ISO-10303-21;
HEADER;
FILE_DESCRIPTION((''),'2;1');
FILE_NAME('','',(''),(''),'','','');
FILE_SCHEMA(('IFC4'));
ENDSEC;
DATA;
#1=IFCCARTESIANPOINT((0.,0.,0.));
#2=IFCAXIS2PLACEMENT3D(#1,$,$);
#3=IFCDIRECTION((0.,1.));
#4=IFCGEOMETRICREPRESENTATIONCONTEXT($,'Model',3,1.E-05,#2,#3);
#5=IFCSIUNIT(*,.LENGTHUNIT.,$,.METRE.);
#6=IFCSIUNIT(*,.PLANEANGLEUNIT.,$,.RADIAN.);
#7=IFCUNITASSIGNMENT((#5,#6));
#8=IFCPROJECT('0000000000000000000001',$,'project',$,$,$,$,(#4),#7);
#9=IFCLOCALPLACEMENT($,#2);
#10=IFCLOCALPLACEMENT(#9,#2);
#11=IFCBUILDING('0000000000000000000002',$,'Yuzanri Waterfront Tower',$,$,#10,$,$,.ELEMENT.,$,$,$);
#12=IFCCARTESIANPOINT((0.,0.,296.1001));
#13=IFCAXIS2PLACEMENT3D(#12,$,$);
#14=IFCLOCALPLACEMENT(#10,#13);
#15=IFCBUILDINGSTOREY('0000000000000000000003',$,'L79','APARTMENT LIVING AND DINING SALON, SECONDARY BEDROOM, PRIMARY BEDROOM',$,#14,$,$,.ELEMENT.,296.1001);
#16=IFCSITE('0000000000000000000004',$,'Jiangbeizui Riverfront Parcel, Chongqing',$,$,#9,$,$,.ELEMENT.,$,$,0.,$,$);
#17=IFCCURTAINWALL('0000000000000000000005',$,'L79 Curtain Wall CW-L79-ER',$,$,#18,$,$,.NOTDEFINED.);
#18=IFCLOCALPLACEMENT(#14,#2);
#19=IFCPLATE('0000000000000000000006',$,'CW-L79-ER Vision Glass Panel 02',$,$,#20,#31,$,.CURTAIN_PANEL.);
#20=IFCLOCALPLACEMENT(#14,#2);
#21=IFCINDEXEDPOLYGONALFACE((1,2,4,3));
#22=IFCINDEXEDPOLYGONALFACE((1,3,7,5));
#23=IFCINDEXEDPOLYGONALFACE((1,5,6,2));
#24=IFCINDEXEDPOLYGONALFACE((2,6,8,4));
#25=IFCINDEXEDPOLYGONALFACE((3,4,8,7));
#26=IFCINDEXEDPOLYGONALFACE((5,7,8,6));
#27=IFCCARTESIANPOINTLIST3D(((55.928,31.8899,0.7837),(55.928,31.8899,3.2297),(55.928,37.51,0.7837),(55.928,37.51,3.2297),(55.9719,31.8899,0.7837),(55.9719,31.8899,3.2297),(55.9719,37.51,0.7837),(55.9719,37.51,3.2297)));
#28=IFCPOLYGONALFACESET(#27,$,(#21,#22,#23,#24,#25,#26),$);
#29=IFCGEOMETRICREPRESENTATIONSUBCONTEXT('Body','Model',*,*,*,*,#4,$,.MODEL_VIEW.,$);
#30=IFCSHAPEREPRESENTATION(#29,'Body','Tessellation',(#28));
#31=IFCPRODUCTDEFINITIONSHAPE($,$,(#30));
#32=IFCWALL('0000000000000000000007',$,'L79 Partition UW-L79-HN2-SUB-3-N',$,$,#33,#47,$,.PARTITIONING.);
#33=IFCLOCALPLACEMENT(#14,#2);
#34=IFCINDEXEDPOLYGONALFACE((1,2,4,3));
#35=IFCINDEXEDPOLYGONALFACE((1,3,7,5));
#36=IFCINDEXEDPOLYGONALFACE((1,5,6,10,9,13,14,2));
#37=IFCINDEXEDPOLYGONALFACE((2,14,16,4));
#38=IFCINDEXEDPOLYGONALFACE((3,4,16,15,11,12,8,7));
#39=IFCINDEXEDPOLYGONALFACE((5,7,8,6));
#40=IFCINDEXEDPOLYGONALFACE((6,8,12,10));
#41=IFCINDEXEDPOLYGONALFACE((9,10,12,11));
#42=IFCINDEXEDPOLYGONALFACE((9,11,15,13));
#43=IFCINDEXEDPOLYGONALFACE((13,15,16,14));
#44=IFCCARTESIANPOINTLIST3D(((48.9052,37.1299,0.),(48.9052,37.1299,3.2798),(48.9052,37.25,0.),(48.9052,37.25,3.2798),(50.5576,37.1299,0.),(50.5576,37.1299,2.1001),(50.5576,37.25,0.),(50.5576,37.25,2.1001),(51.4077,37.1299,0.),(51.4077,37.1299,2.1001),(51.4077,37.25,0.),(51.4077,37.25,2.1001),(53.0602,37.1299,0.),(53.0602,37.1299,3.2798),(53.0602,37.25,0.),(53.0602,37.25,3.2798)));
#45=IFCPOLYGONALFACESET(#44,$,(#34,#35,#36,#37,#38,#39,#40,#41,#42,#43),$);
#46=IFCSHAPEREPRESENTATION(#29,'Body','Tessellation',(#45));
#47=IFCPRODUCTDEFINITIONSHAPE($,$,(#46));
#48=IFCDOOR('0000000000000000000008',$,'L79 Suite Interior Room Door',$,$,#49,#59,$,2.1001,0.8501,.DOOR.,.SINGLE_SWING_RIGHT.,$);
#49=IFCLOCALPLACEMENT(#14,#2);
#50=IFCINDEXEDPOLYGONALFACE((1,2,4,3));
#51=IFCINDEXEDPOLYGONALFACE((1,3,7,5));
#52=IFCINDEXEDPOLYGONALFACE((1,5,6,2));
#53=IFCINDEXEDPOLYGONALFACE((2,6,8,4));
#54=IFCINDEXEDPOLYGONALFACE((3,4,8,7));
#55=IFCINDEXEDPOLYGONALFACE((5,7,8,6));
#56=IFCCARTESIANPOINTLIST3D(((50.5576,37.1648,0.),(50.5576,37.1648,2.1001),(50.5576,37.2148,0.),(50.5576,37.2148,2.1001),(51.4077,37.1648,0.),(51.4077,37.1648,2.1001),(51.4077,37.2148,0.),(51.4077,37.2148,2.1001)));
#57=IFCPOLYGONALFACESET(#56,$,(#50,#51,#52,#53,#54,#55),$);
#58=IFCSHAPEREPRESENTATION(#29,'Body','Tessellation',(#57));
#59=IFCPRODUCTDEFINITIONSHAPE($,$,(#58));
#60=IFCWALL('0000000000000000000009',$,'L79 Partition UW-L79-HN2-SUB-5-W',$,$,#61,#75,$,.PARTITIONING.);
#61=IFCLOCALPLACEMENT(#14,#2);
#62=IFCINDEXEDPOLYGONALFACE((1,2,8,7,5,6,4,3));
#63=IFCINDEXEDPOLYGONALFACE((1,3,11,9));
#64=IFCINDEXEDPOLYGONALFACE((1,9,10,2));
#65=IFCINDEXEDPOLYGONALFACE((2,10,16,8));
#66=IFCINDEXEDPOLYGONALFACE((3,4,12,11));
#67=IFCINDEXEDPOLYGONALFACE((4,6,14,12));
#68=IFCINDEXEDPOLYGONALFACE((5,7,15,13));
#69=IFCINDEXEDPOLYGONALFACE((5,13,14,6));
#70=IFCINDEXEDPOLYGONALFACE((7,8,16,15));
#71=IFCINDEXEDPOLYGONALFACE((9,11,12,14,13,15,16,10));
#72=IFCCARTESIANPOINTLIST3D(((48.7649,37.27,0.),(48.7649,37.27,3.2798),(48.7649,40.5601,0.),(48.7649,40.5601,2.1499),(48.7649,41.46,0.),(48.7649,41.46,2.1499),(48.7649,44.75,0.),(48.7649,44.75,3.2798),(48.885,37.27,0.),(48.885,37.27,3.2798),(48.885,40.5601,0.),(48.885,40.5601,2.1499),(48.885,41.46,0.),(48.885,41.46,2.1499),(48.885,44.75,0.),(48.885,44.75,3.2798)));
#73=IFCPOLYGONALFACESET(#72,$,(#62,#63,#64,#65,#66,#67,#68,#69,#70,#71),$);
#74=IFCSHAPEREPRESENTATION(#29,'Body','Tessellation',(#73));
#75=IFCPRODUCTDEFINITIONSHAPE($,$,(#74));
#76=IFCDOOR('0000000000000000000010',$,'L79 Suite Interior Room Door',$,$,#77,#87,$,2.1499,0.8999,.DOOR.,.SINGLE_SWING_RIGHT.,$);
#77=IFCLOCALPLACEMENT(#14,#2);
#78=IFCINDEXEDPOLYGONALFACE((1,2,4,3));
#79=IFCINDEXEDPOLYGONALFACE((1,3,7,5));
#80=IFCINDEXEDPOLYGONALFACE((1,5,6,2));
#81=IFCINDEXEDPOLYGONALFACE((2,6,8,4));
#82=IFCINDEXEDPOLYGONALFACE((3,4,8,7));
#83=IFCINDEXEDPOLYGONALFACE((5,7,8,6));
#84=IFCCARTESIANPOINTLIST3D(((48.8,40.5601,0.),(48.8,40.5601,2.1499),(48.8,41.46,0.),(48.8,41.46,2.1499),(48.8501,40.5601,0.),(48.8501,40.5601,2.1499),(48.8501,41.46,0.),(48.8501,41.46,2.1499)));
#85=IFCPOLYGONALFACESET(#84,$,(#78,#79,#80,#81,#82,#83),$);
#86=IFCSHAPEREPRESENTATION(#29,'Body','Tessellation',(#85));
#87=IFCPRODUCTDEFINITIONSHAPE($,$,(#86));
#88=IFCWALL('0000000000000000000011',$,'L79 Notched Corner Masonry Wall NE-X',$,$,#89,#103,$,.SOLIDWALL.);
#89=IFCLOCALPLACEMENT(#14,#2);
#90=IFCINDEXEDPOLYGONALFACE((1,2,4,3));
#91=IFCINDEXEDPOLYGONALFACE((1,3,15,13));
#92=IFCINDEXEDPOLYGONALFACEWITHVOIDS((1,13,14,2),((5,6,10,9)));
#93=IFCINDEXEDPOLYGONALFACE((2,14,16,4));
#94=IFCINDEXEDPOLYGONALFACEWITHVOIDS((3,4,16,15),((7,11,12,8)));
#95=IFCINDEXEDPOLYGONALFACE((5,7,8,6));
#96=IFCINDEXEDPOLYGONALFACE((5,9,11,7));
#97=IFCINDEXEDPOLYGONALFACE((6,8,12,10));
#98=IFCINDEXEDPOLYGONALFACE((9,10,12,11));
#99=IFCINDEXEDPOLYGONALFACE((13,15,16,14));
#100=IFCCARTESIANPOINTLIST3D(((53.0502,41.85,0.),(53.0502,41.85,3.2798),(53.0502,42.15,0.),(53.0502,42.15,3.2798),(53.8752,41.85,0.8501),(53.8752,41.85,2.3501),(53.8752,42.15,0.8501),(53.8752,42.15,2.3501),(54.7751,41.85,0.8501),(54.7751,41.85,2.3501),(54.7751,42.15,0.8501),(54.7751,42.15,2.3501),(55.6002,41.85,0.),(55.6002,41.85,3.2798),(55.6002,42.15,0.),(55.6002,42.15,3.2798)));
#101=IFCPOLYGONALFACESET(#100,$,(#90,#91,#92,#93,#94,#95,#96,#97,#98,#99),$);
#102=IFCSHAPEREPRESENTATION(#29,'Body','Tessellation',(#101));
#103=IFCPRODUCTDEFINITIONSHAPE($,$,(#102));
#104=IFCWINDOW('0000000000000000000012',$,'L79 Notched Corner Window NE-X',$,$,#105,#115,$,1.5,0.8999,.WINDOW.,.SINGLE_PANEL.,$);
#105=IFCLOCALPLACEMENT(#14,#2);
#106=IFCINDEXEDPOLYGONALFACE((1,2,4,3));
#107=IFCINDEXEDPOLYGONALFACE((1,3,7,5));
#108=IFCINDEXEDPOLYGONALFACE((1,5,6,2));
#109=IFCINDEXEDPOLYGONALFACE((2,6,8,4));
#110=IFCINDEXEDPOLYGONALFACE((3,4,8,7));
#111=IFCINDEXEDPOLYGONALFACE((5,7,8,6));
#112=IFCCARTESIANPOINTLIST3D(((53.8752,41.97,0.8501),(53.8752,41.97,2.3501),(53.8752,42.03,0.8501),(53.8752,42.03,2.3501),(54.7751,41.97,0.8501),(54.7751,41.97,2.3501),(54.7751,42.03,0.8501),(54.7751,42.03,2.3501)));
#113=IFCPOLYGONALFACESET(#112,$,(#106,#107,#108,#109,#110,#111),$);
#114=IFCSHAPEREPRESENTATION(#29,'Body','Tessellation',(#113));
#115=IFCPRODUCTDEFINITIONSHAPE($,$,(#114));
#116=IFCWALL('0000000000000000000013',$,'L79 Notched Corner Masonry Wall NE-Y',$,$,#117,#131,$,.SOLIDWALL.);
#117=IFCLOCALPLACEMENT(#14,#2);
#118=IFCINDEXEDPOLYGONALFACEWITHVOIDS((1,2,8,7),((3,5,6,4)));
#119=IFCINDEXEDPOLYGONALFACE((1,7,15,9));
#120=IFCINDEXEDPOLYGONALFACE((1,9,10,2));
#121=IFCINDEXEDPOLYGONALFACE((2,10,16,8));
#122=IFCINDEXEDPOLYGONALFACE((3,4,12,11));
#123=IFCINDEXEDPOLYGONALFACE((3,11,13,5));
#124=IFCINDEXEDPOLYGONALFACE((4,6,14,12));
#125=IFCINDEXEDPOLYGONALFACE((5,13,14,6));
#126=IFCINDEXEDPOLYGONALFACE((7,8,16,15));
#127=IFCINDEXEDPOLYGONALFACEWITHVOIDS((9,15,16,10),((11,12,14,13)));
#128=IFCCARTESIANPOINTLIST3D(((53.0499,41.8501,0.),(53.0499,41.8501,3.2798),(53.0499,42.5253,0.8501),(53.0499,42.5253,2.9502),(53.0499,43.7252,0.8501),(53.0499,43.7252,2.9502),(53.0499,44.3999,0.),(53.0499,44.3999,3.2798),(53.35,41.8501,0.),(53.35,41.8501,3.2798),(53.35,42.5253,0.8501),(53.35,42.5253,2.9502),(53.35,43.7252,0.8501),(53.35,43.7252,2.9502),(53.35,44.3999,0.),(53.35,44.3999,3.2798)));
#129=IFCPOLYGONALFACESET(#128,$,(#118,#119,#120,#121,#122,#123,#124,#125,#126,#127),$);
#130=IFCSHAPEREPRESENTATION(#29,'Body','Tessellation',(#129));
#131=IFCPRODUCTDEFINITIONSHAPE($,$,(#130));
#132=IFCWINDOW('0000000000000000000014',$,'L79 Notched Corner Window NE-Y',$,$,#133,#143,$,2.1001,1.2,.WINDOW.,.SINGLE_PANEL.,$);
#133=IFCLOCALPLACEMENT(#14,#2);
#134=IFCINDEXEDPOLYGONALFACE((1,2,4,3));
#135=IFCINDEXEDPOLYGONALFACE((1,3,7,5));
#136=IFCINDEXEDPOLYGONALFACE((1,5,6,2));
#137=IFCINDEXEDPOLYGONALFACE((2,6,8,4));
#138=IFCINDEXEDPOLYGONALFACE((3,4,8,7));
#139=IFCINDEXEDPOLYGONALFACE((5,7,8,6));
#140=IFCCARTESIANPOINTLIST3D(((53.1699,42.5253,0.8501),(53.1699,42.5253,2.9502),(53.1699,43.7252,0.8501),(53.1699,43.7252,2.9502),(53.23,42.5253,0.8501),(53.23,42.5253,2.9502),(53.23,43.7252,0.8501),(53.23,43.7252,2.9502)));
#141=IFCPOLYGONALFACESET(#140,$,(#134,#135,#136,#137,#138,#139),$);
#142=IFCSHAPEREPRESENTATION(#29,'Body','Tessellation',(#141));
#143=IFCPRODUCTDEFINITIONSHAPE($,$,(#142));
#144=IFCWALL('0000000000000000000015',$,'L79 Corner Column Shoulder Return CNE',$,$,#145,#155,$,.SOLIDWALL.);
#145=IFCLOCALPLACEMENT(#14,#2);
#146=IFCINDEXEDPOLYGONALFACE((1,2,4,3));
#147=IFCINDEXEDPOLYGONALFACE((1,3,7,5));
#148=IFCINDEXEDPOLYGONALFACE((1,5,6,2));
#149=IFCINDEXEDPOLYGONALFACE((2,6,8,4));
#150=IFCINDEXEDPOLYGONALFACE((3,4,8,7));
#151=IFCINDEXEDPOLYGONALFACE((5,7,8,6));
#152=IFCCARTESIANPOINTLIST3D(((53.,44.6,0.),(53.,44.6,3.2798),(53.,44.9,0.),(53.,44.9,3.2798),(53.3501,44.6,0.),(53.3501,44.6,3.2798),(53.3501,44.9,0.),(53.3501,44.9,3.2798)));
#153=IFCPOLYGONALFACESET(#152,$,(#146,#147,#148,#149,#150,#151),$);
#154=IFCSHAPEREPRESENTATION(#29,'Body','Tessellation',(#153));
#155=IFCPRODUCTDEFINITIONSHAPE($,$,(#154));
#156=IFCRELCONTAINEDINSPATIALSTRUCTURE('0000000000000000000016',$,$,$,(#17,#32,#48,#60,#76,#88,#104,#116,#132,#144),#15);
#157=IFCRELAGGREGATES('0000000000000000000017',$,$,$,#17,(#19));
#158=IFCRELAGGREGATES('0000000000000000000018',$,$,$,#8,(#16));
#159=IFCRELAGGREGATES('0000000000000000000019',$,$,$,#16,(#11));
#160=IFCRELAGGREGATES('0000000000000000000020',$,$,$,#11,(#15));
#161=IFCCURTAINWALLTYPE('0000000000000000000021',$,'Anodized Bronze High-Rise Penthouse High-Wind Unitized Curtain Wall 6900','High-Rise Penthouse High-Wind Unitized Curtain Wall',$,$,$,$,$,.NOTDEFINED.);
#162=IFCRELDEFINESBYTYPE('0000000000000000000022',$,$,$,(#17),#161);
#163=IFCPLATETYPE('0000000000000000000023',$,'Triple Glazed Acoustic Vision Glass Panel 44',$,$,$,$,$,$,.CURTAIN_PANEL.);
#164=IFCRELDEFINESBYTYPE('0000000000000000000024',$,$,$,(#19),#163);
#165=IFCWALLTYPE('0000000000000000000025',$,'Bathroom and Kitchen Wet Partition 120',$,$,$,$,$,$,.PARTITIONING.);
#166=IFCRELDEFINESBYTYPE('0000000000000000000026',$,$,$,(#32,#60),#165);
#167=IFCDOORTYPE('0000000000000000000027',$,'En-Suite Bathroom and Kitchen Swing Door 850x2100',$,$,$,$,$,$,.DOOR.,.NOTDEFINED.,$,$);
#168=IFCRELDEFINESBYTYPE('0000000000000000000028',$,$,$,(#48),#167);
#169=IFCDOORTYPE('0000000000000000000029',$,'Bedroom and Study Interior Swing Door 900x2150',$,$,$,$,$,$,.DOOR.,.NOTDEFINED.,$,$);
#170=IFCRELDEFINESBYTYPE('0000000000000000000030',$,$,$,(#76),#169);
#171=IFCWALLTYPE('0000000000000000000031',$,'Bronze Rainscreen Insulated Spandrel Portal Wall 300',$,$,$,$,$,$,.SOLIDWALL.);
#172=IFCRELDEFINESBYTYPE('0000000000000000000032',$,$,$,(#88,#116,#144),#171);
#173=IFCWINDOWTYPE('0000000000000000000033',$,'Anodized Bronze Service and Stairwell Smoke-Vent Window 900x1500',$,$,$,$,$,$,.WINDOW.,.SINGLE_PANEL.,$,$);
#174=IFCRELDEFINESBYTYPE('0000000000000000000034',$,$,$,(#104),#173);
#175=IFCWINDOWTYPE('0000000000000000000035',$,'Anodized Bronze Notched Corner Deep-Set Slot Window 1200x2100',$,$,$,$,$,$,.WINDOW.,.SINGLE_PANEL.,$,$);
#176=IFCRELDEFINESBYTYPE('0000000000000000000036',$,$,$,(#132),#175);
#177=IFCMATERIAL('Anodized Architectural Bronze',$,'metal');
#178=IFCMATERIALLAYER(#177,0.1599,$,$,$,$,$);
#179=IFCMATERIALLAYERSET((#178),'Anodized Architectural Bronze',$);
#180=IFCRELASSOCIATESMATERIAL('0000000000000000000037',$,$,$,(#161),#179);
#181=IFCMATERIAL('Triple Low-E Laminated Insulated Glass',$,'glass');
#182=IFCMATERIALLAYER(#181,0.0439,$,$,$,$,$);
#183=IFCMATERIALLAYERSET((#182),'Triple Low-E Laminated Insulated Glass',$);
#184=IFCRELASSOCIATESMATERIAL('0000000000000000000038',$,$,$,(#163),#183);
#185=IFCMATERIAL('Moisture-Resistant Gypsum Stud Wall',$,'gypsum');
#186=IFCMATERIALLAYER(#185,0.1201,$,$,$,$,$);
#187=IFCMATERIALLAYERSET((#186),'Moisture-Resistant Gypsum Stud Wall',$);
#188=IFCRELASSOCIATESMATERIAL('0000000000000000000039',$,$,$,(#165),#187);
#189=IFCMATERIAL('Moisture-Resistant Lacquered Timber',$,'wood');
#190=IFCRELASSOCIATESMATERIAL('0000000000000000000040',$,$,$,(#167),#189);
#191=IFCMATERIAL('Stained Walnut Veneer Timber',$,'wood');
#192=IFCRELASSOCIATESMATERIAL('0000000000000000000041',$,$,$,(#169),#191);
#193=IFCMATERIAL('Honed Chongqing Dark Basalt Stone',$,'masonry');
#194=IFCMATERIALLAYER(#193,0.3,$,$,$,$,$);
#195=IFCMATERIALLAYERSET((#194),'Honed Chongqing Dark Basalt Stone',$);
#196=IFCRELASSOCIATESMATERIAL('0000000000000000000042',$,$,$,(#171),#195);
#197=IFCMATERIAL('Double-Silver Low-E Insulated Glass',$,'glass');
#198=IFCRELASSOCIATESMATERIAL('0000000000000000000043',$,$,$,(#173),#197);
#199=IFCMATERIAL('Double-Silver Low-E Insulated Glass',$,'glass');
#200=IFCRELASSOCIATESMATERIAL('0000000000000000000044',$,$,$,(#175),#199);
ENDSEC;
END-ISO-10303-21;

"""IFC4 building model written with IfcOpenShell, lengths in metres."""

from ifc_helpers import new_model, si_unit, direction, frame, frame_2d, origin, origin_2d, place, context, subcontext, project, spatial, rectangle, extrude, source, transform, mapped, material, layer, layer_set, type_object, element, fill, aggregate, save


model = new_model("IFC4")

# Units and contexts
model_context = context("Model", 3, precision=1e-05, world=origin(), true_north=direction((0.0, 1.0)))
body_context = subcontext(model_context, "Body", "Model", "MODEL_VIEW")
ifc_project = project(units=[si_unit("LENGTHUNIT", "METRE"), si_unit("PLANEANGLEUNIT", "RADIAN")], contexts=[model_context])

# Site, building, storey
site_placement = place(None, origin())
site = spatial("IfcSite", under=ifc_project, at=site_placement, Name="Jiangbeizui Riverfront Parcel, Chongqing", CompositionType="ELEMENT", RefElevation=0.0)
building_placement = place(site_placement, origin())
building = spatial("IfcBuilding", under=site, at=building_placement, Name="Yuzanri Waterfront Tower", CompositionType="ELEMENT")
storey_placement = place(building_placement, frame((0.0, 0.0, 296.1001)))
storey = spatial("IfcBuildingStorey", under=building, at=storey_placement, Name="L79", Description="APARTMENT LIVING AND DINING SALON, SECONDARY BEDROOM, PRIMARY BEDROOM", CompositionType="ELEMENT", Elevation=296.1001)

# Curtain wall
ifc_material_1 = material(Name="Anodized Architectural Bronze", Category="metal")
ifc_layer_1 = layer(ifc_material_1, 0.1599)
ifc_layer_set_1 = layer_set([ifc_layer_1], Name="Anodized Architectural Bronze")
curtain_wall_type = type_object("IfcCurtainWallType", Name="Anodized Bronze High-Rise Penthouse High-Wind Unitized Curtain Wall 6900", Description="High-Rise Penthouse High-Wind Unitized Curtain Wall", PredefinedType="NOTDEFINED", material=ifc_layer_set_1)
curtain_wall_1_placement = place(storey_placement, origin())
curtain_wall_1 = element("IfcCurtainWall", 1, at=curtain_wall_1_placement, inside=storey, type_object=curtain_wall_type, Name="L79 Curtain Wall CW-L79-ER", PredefinedType="NOTDEFINED")

# Plate
ifc_material_2 = material(Name="Triple Low-E Laminated Insulated Glass", Category="glass")
ifc_layer_2 = layer(ifc_material_2, 0.0439)
ifc_layer_set_2 = layer_set([ifc_layer_2], Name="Triple Low-E Laminated Insulated Glass")
plate_type_1 = type_object("IfcPlateType", Name="Triple Glazed Acoustic Vision Glass Panel 44", PredefinedType="CURTAIN_PANEL", material=ifc_layer_set_2)
shared_shape_1 = source(origin(), body_context, "Body", "SweptSolid", [
    extrude(rectangle(XDim=5.6201, YDim=0.0439, at=origin_2d()), origin(), (0.0, 0.0, 1.0), 2.446),
])
plate_1_placement = place(storey_placement, frame((55.95, 34.7, 0.7837), z_axis=(0.0, 0.0, 1.0), x_axis=(0.0, 1.0, 0.0)))
plate_1 = element("IfcPlate", 2, at=plate_1_placement, type_object=plate_type_1, Name="CW-L79-ER Vision Glass Panel 02", PredefinedType="CURTAIN_PANEL", context=body_context, shape_type="MappedRepresentation", body=[
    mapped(shared_shape_1, transform((0.0, 0.0, 0.0), scale=1.0)),
])
aggregate(curtain_wall_1, [plate_1])

# Walls, openings, doors
ifc_material_3 = material(Name="Moisture-Resistant Gypsum Stud Wall", Category="gypsum")
ifc_layer_3 = layer(ifc_material_3, 0.1201)
ifc_layer_set_3 = layer_set([ifc_layer_3], Name="Moisture-Resistant Gypsum Stud Wall")
wall_type_1 = type_object("IfcWallType", Name="Bathroom and Kitchen Wet Partition 120", PredefinedType="PARTITIONING", material=ifc_layer_set_3)
wall_1_placement = place(storey_placement, frame((48.905, 37.1899, 0.0), z_axis=(0.0, 0.0, 1.0), x_axis=(1.0, 0.0, 0.0)))
wall_1 = element("IfcWall", 3, at=wall_1_placement, inside=storey, type_object=wall_type_1, Name="L79 Partition UW-L79-HN2-SUB-3-N", PredefinedType="PARTITIONING", context=body_context, shape_type="SweptSolid", body=[
    extrude(rectangle(XDim=4.155, YDim=0.1201, at=frame_2d((2.0776, 0.0))), origin(), (0.0, 0.0, 1.0), 3.2798),
])
opening_1_placement = place(wall_1_placement, frame((1.6526, 0.0, 0.0)))
opening_1 = element("IfcOpeningElement", 4, at=opening_1_placement, cuts=wall_1, PredefinedType="OPENING", context=body_context, shape_type="SweptSolid", body=[
    extrude(rectangle(XDim=0.8501, YDim=2.1001, at=frame_2d((0.425, 1.05))), frame((0.0, 0.075, 0.0), z_axis=(0.0, -1.0, 0.0), x_axis=(1.0, 0.0, 0.0)), (0.0, 0.0, 1.0), 0.1499),
])
ifc_material_4 = material(Name="Moisture-Resistant Lacquered Timber", Category="wood")
door_type_1 = type_object("IfcDoorType", Name="En-Suite Bathroom and Kitchen Swing Door 850x2100", OperationType="NOTDEFINED", PredefinedType="DOOR", material=ifc_material_4)
shared_shape_2 = source(origin(), body_context, "Body", "SweptSolid", [
    extrude(rectangle(XDim=0.8501, YDim=2.1001, at=frame_2d((0.425, 1.05))), frame((0.0, 0.0249, 0.0), z_axis=(0.0, -1.0, 0.0), x_axis=(1.0, 0.0, 0.0)), (0.0, 0.0, 1.0), 0.05),
])
door_1_placement = place(opening_1_placement, origin())
door_1 = element("IfcDoor", 5, at=door_1_placement, inside=storey, type_object=door_type_1, Name="L79 Suite Interior Room Door", OperationType="SINGLE_SWING_RIGHT", OverallHeight=2.1001, OverallWidth=0.8501, PredefinedType="DOOR", context=body_context, shape_type="MappedRepresentation", body=[
    mapped(shared_shape_2, transform((0.0, 0.0, 0.0), scale=1.0)),
])
fill(opening_1, door_1)
wall_2_placement = place(storey_placement, frame((48.825, 37.27, 0.0), z_axis=(0.0, 0.0, 1.0), x_axis=(0.0, 1.0, 0.0)))
wall_2 = element("IfcWall", 6, at=wall_2_placement, inside=storey, type_object=wall_type_1, Name="L79 Partition UW-L79-HN2-SUB-5-W", PredefinedType="PARTITIONING", context=body_context, shape_type="SweptSolid", body=[
    extrude(rectangle(XDim=7.48, YDim=0.1201, at=frame_2d((3.74, 0.0))), origin(), (0.0, 0.0, 1.0), 3.2798),
])
opening_2_placement = place(wall_2_placement, frame((3.29, 0.0, 0.0)))
opening_2 = element("IfcOpeningElement", 7, at=opening_2_placement, cuts=wall_2, PredefinedType="OPENING", context=body_context, shape_type="SweptSolid", body=[
    extrude(rectangle(XDim=0.8999, YDim=2.1499, at=frame_2d((0.45, 1.075))), frame((0.0, 0.075, 0.0), z_axis=(0.0, -1.0, 0.0), x_axis=(1.0, 0.0, 0.0)), (0.0, 0.0, 1.0), 0.1499),
])
ifc_material_5 = material(Name="Stained Walnut Veneer Timber", Category="wood")
door_type_2 = type_object("IfcDoorType", Name="Bedroom and Study Interior Swing Door 900x2150", OperationType="NOTDEFINED", PredefinedType="DOOR", material=ifc_material_5)
shared_shape_3 = source(origin(), body_context, "Body", "SweptSolid", [
    extrude(rectangle(XDim=0.8999, YDim=2.1499, at=frame_2d((0.45, 1.075))), frame((0.0, 0.0249, 0.0), z_axis=(0.0, -1.0, 0.0), x_axis=(1.0, 0.0, 0.0)), (0.0, 0.0, 1.0), 0.05),
])
door_2_placement = place(opening_2_placement, origin())
door_2 = element("IfcDoor", 8, at=door_2_placement, inside=storey, type_object=door_type_2, Name="L79 Suite Interior Room Door", OperationType="SINGLE_SWING_RIGHT", OverallHeight=2.1499, OverallWidth=0.8999, PredefinedType="DOOR", context=body_context, shape_type="MappedRepresentation", body=[
    mapped(shared_shape_3, transform((0.0, 0.0, 0.0), scale=1.0)),
])
fill(opening_2, door_2)

# Walls, openings, windows
ifc_material_6 = material(Name="Honed Chongqing Dark Basalt Stone", Category="masonry")
ifc_layer_4 = layer(ifc_material_6, 0.3)
ifc_layer_set_4 = layer_set([ifc_layer_4], Name="Honed Chongqing Dark Basalt Stone")
wall_type_2 = type_object("IfcWallType", Name="Bronze Rainscreen Insulated Spandrel Portal Wall 300", PredefinedType="SOLIDWALL", material=ifc_layer_set_4)
wall_3_placement = place(storey_placement, frame((55.6001, 42.0, 0.0), z_axis=(0.0, 0.0, 1.0), x_axis=(-1.0, 0.0, 0.0)))
wall_3 = element("IfcWall", 9, at=wall_3_placement, inside=storey, type_object=wall_type_2, Name="L79 Notched Corner Masonry Wall NE-X", PredefinedType="SOLIDWALL", context=body_context, shape_type="SweptSolid", body=[
    extrude(rectangle(XDim=2.55, YDim=0.3, at=frame_2d((1.2749, 0.0))), origin(), (0.0, 0.0, 1.0), 3.2798),
])
opening_3_placement = place(wall_3_placement, frame((0.825, 0.0, 0.8501)))
opening_3 = element("IfcOpeningElement", 10, at=opening_3_placement, cuts=wall_3, PredefinedType="OPENING", context=body_context, shape_type="SweptSolid", body=[
    extrude(rectangle(XDim=0.8999, YDim=1.5, at=frame_2d((0.45, 0.75))), frame((0.0, 0.165, 0.0), z_axis=(0.0, -1.0, 0.0), x_axis=(1.0, 0.0, 0.0)), (0.0, 0.0, 1.0), 0.3298),
])
ifc_material_7 = material(Name="Double-Silver Low-E Insulated Glass", Category="glass")
window_type_1 = type_object("IfcWindowType", Name="Anodized Bronze Service and Stairwell Smoke-Vent Window 900x1500", PartitioningType="SINGLE_PANEL", PredefinedType="WINDOW", material=ifc_material_7)
shared_shape_4 = source(origin(), body_context, "Body", "SweptSolid", [
    extrude(rectangle(XDim=0.8999, YDim=1.5, at=frame_2d((0.45, 0.75))), frame((0.0, 0.03, 0.0), z_axis=(0.0, -1.0, 0.0), x_axis=(1.0, 0.0, 0.0)), (0.0, 0.0, 1.0), 0.0601),
])
window_1_placement = place(opening_3_placement, origin())
window_1 = element("IfcWindow", 11, at=window_1_placement, inside=storey, type_object=window_type_1, Name="L79 Notched Corner Window NE-X", OverallHeight=1.5, OverallWidth=0.8999, PartitioningType="SINGLE_PANEL", PredefinedType="WINDOW", context=body_context, shape_type="MappedRepresentation", body=[
    mapped(shared_shape_4, transform((0.0, 0.0, 0.0), scale=1.0)),
])
fill(opening_3, window_1)
wall_4_placement = place(storey_placement, frame((53.2, 41.8501, 0.0), z_axis=(0.0, 0.0, 1.0), x_axis=(0.0, 1.0, 0.0)))
wall_4 = element("IfcWall", 12, at=wall_4_placement, inside=storey, type_object=wall_type_2, Name="L79 Notched Corner Masonry Wall NE-Y", PredefinedType="SOLIDWALL", context=body_context, shape_type="SweptSolid", body=[
    extrude(rectangle(XDim=2.5498, YDim=0.3, at=frame_2d((1.2749, 0.0))), origin(), (0.0, 0.0, 1.0), 3.2798),
])
opening_4_placement = place(wall_4_placement, frame((0.675, 0.0, 0.8501)))
opening_4 = element("IfcOpeningElement", 13, at=opening_4_placement, cuts=wall_4, PredefinedType="OPENING", context=body_context, shape_type="SweptSolid", body=[
    extrude(rectangle(XDim=1.2, YDim=2.1001, at=frame_2d((0.6001, 1.05))), frame((0.0, 0.165, 0.0), z_axis=(0.0, -1.0, 0.0), x_axis=(1.0, 0.0, 0.0)), (0.0, 0.0, 1.0), 0.3298),
])
ifc_material_8 = material(Name="Double-Silver Low-E Insulated Glass", Category="glass")
window_type_2 = type_object("IfcWindowType", Name="Anodized Bronze Notched Corner Deep-Set Slot Window 1200x2100", PartitioningType="SINGLE_PANEL", PredefinedType="WINDOW", material=ifc_material_8)
shared_shape_5 = source(origin(), body_context, "Body", "SweptSolid", [
    extrude(rectangle(XDim=1.2, YDim=2.1001, at=frame_2d((0.6001, 1.05))), frame((0.0, 0.03, 0.0), z_axis=(0.0, -1.0, 0.0), x_axis=(1.0, 0.0, 0.0)), (0.0, 0.0, 1.0), 0.0601),
])
window_2_placement = place(opening_4_placement, origin())
window_2 = element("IfcWindow", 14, at=window_2_placement, inside=storey, type_object=window_type_2, Name="L79 Notched Corner Window NE-Y", OverallHeight=2.1001, OverallWidth=1.2, PartitioningType="SINGLE_PANEL", PredefinedType="WINDOW", context=body_context, shape_type="MappedRepresentation", body=[
    mapped(shared_shape_5, transform((0.0, 0.0, 0.0), scale=1.0)),
])
fill(opening_4, window_2)

# Wall
shared_shape_6 = source(origin(), body_context, "Body", "SweptSolid", [
    extrude(rectangle(XDim=0.3501, YDim=0.3, at=frame_2d((0.175, 0.0))), origin(), (0.0, 0.0, 1.0), 3.2798),
])
wall_5_placement = place(storey_placement, frame((53.0, 44.75, 0.0), z_axis=(0.0, 0.0, 1.0), x_axis=(1.0, 0.0, 0.0)))
element("IfcWall", 15, at=wall_5_placement, inside=storey, type_object=wall_type_2, Name="L79 Corner Column Shoulder Return CNE", PredefinedType="SOLIDWALL", context=body_context, shape_type="MappedRepresentation", body=[
    mapped(shared_shape_6, transform((0.0, 0.0, 0.0), scale=1.0)),
])

save(model, "model.ifc")
